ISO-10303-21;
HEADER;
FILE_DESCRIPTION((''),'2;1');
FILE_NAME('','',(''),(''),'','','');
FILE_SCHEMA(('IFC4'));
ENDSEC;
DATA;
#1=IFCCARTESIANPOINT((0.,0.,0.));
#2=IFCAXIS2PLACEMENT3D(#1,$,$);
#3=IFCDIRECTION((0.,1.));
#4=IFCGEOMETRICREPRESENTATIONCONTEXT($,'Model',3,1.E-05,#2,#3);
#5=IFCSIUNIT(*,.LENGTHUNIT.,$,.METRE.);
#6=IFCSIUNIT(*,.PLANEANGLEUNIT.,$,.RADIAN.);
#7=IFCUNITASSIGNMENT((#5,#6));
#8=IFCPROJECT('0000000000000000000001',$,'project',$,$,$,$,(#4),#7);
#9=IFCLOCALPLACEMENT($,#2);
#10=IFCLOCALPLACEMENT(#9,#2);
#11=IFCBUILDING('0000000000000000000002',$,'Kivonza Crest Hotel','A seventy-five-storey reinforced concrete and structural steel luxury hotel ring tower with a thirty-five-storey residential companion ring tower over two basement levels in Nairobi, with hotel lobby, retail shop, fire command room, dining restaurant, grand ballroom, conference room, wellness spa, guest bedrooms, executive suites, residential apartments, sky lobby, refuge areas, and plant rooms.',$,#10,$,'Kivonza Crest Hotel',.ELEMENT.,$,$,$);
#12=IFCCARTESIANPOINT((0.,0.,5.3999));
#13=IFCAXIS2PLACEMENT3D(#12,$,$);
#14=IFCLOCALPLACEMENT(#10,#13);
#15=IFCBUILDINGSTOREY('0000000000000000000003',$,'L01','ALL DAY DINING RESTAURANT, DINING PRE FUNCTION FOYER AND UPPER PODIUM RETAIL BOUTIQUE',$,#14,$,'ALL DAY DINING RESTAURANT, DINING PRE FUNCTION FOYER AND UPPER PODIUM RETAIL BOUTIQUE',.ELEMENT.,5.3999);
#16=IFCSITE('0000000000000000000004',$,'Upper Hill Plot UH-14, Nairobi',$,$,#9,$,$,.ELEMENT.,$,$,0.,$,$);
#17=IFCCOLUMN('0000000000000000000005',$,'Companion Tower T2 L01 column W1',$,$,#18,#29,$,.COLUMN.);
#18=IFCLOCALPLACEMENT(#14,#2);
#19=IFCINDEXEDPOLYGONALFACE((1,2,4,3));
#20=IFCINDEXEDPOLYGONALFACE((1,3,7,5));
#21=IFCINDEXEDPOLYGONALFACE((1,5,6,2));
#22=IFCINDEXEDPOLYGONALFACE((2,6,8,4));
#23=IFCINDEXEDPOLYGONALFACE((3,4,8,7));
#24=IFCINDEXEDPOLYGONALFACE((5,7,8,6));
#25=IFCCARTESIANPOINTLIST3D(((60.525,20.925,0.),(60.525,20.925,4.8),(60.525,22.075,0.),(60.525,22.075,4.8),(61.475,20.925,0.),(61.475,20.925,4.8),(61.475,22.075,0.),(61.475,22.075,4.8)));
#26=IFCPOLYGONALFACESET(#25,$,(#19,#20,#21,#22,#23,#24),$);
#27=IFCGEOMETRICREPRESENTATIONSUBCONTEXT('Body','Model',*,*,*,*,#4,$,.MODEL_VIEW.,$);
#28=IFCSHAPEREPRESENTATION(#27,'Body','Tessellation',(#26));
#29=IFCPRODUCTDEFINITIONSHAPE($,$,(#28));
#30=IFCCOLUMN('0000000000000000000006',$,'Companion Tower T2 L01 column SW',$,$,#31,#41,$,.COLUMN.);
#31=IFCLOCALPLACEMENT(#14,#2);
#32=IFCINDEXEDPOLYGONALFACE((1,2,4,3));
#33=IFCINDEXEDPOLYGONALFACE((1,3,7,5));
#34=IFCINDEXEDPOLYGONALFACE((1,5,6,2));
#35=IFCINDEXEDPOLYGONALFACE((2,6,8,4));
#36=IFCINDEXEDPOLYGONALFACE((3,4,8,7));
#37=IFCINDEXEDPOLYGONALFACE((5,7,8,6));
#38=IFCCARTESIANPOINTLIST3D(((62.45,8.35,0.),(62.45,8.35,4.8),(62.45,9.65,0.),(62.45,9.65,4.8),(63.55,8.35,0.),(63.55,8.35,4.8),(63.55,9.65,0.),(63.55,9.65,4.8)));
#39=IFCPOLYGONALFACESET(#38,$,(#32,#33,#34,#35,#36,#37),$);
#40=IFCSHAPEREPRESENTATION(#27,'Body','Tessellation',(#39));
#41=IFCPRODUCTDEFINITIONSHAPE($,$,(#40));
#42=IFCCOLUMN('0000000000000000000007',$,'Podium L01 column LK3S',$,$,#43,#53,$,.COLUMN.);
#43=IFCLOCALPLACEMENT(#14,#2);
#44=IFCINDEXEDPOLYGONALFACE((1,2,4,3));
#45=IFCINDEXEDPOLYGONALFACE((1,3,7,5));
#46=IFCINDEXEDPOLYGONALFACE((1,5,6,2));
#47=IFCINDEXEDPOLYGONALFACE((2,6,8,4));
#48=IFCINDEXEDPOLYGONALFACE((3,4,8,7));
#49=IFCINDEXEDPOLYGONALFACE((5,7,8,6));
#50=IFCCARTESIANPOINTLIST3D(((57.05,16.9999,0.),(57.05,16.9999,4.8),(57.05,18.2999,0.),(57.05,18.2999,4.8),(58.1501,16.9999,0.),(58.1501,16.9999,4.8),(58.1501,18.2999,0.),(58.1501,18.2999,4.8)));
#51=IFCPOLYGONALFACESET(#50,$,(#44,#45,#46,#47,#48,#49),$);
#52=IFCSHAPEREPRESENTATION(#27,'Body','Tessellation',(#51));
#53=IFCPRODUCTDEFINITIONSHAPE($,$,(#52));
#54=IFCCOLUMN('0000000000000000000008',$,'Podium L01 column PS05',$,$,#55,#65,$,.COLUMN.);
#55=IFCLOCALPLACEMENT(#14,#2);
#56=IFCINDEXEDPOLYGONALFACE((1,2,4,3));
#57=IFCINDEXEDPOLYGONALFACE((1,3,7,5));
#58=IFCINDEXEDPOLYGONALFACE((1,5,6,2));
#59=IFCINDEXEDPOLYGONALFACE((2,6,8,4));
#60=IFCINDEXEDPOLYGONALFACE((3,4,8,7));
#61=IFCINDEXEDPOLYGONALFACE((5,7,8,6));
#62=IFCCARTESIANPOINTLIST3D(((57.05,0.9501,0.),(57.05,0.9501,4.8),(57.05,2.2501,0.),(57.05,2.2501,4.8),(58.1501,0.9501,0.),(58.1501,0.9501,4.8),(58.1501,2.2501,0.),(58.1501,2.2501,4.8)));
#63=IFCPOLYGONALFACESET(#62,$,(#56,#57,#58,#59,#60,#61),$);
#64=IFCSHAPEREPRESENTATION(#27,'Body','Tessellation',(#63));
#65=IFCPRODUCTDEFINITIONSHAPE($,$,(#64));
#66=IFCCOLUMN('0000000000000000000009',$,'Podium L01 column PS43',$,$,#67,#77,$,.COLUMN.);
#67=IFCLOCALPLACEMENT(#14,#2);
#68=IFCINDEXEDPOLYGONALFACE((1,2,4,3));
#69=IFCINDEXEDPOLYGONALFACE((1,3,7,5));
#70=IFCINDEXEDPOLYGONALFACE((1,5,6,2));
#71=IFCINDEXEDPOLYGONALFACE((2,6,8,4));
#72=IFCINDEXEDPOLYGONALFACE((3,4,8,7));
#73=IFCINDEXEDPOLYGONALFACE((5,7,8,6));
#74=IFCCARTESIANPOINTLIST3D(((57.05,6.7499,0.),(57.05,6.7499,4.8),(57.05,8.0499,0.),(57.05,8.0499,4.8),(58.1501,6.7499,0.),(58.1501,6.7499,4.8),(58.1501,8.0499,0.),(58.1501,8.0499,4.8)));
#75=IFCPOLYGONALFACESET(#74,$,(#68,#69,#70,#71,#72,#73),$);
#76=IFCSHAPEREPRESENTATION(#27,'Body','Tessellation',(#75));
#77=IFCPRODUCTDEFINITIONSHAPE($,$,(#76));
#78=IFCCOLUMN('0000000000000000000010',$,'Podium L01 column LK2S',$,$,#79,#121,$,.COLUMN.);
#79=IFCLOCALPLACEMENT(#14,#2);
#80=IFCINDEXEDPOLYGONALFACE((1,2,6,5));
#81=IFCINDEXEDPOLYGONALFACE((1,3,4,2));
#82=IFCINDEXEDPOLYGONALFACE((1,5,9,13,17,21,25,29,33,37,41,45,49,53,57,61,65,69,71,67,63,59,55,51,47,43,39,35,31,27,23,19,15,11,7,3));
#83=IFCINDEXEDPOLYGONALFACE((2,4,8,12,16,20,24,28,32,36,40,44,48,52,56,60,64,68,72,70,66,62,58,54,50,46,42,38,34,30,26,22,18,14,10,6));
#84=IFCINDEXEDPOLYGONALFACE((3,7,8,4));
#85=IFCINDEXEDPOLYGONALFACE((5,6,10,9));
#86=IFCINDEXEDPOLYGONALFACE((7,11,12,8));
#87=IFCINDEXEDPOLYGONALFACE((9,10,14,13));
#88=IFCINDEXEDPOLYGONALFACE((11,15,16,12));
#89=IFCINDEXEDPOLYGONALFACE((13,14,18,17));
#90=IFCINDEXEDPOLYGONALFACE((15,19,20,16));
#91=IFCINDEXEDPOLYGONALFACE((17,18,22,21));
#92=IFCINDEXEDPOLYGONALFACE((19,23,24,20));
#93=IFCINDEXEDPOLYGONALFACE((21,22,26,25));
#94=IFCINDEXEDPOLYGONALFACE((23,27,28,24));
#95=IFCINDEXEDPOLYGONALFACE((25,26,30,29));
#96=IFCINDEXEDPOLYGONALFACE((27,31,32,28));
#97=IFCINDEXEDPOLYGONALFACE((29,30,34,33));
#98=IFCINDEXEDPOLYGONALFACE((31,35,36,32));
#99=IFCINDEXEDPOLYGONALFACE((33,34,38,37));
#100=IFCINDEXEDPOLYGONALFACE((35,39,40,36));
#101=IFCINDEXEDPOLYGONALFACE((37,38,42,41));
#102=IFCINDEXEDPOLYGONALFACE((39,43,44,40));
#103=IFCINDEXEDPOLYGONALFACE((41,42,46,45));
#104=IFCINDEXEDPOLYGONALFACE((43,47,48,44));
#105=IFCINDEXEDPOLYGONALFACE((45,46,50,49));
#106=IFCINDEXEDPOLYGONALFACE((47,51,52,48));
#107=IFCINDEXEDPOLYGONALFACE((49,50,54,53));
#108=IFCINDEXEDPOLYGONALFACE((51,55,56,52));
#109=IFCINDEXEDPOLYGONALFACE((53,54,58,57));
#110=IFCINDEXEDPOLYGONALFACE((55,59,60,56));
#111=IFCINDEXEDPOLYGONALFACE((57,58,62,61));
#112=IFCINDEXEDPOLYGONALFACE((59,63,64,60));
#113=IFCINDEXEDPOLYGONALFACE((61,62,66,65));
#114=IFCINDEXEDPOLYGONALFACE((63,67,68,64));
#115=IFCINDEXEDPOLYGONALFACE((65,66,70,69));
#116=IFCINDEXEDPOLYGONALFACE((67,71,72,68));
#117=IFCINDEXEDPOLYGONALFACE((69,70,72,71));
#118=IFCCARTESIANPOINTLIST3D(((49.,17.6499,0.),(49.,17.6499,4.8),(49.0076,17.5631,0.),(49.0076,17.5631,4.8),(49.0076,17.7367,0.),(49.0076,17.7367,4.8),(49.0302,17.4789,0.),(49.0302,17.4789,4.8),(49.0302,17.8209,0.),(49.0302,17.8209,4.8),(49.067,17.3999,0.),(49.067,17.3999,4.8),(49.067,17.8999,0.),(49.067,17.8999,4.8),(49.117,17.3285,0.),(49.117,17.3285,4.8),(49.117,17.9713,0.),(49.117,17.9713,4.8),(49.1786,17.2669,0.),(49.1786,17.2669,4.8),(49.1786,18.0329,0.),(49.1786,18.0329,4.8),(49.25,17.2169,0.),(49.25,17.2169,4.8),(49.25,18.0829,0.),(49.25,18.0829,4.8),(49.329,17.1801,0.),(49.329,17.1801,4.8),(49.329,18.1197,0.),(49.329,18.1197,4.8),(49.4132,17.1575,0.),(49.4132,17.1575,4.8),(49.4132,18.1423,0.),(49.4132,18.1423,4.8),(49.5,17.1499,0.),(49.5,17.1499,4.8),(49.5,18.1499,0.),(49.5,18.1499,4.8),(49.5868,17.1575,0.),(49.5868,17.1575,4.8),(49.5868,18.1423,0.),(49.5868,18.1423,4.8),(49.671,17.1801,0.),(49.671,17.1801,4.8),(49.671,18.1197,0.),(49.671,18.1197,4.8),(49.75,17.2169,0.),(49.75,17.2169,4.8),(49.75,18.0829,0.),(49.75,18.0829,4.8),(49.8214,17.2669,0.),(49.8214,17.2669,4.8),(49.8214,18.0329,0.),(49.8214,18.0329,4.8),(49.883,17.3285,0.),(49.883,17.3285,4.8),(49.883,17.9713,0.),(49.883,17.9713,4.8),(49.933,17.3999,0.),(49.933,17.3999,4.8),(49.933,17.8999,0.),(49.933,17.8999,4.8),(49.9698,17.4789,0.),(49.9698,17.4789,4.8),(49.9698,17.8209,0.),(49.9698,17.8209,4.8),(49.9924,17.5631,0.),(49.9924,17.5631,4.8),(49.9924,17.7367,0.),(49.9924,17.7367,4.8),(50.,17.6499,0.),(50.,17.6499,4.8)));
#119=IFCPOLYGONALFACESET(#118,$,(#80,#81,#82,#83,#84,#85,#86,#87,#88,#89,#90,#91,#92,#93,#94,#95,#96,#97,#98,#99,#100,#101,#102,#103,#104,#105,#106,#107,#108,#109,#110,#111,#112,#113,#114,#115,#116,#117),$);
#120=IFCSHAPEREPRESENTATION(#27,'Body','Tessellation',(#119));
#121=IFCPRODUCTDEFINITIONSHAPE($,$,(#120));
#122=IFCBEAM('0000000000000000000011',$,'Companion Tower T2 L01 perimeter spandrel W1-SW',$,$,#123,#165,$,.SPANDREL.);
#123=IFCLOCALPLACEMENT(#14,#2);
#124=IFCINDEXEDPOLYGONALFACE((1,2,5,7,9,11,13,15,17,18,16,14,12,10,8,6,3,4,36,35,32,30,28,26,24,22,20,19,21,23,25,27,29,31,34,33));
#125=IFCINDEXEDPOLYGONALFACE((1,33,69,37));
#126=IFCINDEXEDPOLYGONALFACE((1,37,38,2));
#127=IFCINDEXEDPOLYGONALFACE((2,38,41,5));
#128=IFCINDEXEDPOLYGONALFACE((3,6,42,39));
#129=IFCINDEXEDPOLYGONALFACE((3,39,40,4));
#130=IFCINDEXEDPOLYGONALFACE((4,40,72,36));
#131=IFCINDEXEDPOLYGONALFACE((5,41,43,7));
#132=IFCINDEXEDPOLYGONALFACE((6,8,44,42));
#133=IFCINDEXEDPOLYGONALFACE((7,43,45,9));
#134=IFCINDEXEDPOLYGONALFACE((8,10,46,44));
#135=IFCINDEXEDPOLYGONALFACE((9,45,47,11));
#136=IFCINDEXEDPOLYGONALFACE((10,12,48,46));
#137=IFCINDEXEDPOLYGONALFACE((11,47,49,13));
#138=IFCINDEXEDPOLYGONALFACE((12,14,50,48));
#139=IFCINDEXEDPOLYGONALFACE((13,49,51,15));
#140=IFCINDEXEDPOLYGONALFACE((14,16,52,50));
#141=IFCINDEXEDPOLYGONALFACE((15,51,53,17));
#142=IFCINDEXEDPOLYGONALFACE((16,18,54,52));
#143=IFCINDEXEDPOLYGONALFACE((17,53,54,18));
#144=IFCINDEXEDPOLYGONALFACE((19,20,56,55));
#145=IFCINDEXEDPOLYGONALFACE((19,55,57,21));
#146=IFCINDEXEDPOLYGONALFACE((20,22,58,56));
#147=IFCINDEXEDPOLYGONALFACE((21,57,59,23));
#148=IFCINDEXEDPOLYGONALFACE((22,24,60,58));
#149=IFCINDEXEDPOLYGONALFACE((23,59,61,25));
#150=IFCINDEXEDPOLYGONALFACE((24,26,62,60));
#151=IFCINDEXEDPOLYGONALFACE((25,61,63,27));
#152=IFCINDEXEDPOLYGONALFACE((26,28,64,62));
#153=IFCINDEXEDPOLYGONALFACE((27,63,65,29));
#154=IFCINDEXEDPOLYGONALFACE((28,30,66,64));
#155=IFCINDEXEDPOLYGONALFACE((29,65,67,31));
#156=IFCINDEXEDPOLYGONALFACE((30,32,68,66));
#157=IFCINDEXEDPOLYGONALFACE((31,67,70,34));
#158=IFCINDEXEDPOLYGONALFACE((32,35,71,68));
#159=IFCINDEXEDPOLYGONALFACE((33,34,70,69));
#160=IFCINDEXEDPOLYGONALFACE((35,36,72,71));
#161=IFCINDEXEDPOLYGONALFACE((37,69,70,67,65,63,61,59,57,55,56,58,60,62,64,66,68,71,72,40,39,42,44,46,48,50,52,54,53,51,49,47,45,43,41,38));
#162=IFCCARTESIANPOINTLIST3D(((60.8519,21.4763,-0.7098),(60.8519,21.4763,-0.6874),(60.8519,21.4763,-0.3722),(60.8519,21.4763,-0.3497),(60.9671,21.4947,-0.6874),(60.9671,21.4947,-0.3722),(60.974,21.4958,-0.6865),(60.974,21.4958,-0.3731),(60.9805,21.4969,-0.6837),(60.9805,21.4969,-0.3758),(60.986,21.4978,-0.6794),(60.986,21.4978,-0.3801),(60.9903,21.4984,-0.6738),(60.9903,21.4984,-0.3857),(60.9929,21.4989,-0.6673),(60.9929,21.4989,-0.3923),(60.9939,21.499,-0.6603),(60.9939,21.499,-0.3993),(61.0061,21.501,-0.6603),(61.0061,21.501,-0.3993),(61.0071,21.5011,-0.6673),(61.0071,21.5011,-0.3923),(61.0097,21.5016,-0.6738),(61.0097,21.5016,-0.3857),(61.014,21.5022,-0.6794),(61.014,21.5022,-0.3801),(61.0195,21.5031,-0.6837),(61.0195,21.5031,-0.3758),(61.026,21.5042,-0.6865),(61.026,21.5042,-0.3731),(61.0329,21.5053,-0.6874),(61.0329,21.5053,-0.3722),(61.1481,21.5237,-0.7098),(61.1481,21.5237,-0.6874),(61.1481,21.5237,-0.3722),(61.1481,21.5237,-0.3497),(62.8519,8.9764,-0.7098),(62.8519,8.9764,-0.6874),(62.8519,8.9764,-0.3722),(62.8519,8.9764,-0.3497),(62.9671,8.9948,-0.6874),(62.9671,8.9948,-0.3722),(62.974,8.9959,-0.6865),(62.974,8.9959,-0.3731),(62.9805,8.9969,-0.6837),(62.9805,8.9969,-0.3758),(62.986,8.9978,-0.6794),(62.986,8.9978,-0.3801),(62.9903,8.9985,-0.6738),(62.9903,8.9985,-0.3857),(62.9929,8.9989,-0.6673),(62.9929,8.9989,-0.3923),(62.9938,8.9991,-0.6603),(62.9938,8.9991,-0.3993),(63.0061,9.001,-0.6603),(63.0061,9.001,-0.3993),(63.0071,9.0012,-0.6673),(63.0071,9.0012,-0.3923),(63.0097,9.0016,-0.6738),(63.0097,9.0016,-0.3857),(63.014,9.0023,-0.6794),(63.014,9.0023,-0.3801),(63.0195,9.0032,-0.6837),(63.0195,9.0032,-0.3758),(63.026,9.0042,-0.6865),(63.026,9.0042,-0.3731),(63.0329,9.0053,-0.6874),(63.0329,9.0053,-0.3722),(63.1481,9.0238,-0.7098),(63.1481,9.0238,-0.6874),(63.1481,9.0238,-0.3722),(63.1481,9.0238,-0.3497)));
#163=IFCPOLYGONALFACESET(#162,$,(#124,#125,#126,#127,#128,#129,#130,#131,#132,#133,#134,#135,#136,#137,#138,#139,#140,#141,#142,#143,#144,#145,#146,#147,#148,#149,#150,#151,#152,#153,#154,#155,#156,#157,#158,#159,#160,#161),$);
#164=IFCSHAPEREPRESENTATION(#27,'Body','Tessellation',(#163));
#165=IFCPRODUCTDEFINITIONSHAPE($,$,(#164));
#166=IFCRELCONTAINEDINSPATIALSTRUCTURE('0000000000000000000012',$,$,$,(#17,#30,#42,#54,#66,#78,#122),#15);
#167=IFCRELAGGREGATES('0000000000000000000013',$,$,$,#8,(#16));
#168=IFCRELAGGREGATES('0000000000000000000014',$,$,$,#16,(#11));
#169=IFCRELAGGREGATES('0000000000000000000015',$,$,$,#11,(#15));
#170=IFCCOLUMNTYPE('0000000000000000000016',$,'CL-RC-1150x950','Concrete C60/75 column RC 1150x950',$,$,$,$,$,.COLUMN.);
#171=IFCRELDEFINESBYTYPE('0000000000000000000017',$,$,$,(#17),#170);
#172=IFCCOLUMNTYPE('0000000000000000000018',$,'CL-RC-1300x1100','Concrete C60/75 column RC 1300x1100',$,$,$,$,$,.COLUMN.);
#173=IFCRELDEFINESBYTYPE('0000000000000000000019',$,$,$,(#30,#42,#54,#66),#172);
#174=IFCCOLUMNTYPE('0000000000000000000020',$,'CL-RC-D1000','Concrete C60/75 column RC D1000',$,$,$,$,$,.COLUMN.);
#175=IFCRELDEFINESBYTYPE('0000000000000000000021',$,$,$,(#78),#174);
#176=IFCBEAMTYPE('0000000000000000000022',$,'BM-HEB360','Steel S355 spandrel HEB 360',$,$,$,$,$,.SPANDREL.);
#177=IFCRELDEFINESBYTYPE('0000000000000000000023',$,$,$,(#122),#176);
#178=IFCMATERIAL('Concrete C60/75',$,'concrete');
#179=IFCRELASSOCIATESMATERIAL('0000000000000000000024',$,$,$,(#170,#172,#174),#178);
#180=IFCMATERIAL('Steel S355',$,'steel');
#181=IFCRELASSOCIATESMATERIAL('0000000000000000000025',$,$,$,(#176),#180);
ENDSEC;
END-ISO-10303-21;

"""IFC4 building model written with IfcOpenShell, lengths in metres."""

from ifc_helpers import new_model, si_unit, direction, frame, origin, origin_2d, place, context, subcontext, project, spatial, rectangle, circle, i_section, extrude, material, material_profile, profile_set, type_object, element, save


model = new_model("IFC4")

# Units and contexts
model_context = context("Model", 3, precision=1e-05, world=origin(), true_north=direction((0.0, 1.0)))
body_context = subcontext(model_context, "Body", "Model", "MODEL_VIEW")
ifc_project = project(units=[si_unit("LENGTHUNIT", "METRE"), si_unit("PLANEANGLEUNIT", "RADIAN")], contexts=[model_context])

# Site, building, storey
site_placement = place(None, origin())
site = spatial("IfcSite", under=ifc_project, at=site_placement, Name="Upper Hill Plot UH-14, Nairobi", CompositionType="ELEMENT", RefElevation=0.0)
building_placement = place(site_placement, origin())
building = spatial("IfcBuilding", under=site, at=building_placement, Name="Kivonza Crest Hotel", Description="A seventy-five-storey reinforced concrete and structural steel luxury hotel ring tower with a thirty-five-storey residential companion ring tower over two basement levels in Nairobi, with hotel lobby, retail shop, fire command room, dining restaurant, grand ballroom, conference room, wellness spa, guest bedrooms, executive suites, residential apartments, sky lobby, refuge areas, and plant rooms.", LongName="Kivonza Crest Hotel", CompositionType="ELEMENT")
storey_placement = place(building_placement, frame((0.0, 0.0, 5.3999)))
storey = spatial("IfcBuildingStorey", under=building, at=storey_placement, Name="L01", Description="ALL DAY DINING RESTAURANT, DINING PRE FUNCTION FOYER AND UPPER PODIUM RETAIL BOUTIQUE", LongName="ALL DAY DINING RESTAURANT, DINING PRE FUNCTION FOYER AND UPPER PODIUM RETAIL BOUTIQUE", CompositionType="ELEMENT", Elevation=5.3999)

# Columns
ifc_material_1 = material(Name="Concrete C60/75", Category="concrete")
ifc_material_profile_1 = material_profile(ifc_material_1, rectangle(XDim=0.95, YDim=1.1499, at=origin_2d()), Name="RC 1150x950")
ifc_profile_set_1 = profile_set([ifc_material_profile_1], Name="Concrete C60/75")
column_type_1 = type_object("IfcColumnType", Name="CL-RC-1150x950", Description="Concrete C60/75 column RC 1150x950", PredefinedType="COLUMN", material=ifc_profile_set_1)
column_1_placement = place(storey_placement, frame((61.0, 21.5, 0.0), z_axis=(0.0, 0.0, 1.0), x_axis=(1.0, 0.0, 0.0)))
element("IfcColumn", 1, at=column_1_placement, inside=storey, type_object=column_type_1, Name="Companion Tower T2 L01 column W1", PredefinedType="COLUMN", context=body_context, shape_type="SweptSolid", body=[
    extrude(rectangle(XDim=0.95, YDim=1.1499, at=origin_2d()), origin(), (0.0, 0.0, 1.0), 4.8),
])
ifc_material_profile_2 = material_profile(ifc_material_1, rectangle(XDim=1.1001, YDim=1.3, at=origin_2d()), Name="RC 1300x1100")
ifc_profile_set_2 = profile_set([ifc_material_profile_2], Name="Concrete C60/75")
column_type_2 = type_object("IfcColumnType", Name="CL-RC-1300x1100", Description="Concrete C60/75 column RC 1300x1100", PredefinedType="COLUMN", material=ifc_profile_set_2)
for number, where, z_axis, x_axis, name in (
    (2, (63.0, 9.0, 0.0), (0.0, 0.0, 1.0), (1.0, 0.0, 0.0), "Companion Tower T2 L01 column SW"),
    (3, (57.6001, 17.6499, 0.0), (0.0, 0.0, 1.0), (1.0, 0.0, 0.0), "Podium L01 column LK3S"),
    (4, (57.6001, 1.6001, 0.0), (0.0, 0.0, 1.0), (1.0, 0.0, 0.0), "Podium L01 column PS05"),
    (5, (57.6001, 7.3999, 0.0), (0.0, 0.0, 1.0), (1.0, 0.0, 0.0), "Podium L01 column PS43"),
):
    element("IfcColumn", number, at=place(storey_placement, frame(where, z_axis=z_axis, x_axis=x_axis)), inside=storey, type_object=column_type_2, Name=name, PredefinedType="COLUMN", context=body_context, shape_type="SweptSolid", body=[
        extrude(rectangle(XDim=1.1001, YDim=1.3, at=origin_2d()), origin(), (0.0, 0.0, 1.0), 4.8),
    ])
ifc_material_profile_3 = material_profile(ifc_material_1, circle(Radius=0.5, at=origin_2d()), Name="RC D1000")
ifc_profile_set_3 = profile_set([ifc_material_profile_3], Name="Concrete C60/75")
column_type_3 = type_object("IfcColumnType", Name="CL-RC-D1000", Description="Concrete C60/75 column RC D1000", PredefinedType="COLUMN", material=ifc_profile_set_3)
column_2_placement = place(storey_placement, frame((49.5, 17.6499, 0.0), z_axis=(0.0, 0.0, 1.0), x_axis=(1.0, 0.0, 0.0)))
element("IfcColumn", 6, at=column_2_placement, inside=storey, type_object=column_type_3, Name="Podium L01 column LK2S", PredefinedType="COLUMN", context=body_context, shape_type="SweptSolid", body=[
    extrude(circle(Radius=0.5, at=origin_2d()), origin(), (0.0, 0.0, 1.0), 4.8),
])

# Beam
ifc_material_2 = material(Name="Steel S355", Category="steel")
ifc_material_profile_4 = material_profile(ifc_material_2, i_section(OverallWidth=0.3, OverallDepth=0.3601, WebThickness=0.0125, FlangeThickness=0.0225, FilletRadius=0.0271, at=origin_2d()), Name="HEB 360")
ifc_profile_set_4 = profile_set([ifc_material_profile_4], Name="Steel S355")
beam_type_1 = type_object("IfcBeamType", Name="BM-HEB360", Description="Steel S355 spandrel HEB 360", PredefinedType="SPANDREL", material=ifc_profile_set_4)
beam_1_placement = place(storey_placement, frame((61.0, 21.5, -0.5298), z_axis=(0.157991, -0.987441, 0.0), x_axis=(0.987441, 0.157991, 0.0)))
element("IfcBeam", 7, at=beam_1_placement, inside=storey, type_object=beam_type_1, Name="Companion Tower T2 L01 perimeter spandrel W1-SW", PredefinedType="SPANDREL", context=body_context, shape_type="SweptSolid", body=[
    extrude(i_section(OverallWidth=0.3, OverallDepth=0.3601, WebThickness=0.0125, FlangeThickness=0.0225, FilletRadius=0.0271, at=origin_2d()), origin(), (0.0, 0.0, 1.0), 12.6589),
])

save(model, "model.ifc")
